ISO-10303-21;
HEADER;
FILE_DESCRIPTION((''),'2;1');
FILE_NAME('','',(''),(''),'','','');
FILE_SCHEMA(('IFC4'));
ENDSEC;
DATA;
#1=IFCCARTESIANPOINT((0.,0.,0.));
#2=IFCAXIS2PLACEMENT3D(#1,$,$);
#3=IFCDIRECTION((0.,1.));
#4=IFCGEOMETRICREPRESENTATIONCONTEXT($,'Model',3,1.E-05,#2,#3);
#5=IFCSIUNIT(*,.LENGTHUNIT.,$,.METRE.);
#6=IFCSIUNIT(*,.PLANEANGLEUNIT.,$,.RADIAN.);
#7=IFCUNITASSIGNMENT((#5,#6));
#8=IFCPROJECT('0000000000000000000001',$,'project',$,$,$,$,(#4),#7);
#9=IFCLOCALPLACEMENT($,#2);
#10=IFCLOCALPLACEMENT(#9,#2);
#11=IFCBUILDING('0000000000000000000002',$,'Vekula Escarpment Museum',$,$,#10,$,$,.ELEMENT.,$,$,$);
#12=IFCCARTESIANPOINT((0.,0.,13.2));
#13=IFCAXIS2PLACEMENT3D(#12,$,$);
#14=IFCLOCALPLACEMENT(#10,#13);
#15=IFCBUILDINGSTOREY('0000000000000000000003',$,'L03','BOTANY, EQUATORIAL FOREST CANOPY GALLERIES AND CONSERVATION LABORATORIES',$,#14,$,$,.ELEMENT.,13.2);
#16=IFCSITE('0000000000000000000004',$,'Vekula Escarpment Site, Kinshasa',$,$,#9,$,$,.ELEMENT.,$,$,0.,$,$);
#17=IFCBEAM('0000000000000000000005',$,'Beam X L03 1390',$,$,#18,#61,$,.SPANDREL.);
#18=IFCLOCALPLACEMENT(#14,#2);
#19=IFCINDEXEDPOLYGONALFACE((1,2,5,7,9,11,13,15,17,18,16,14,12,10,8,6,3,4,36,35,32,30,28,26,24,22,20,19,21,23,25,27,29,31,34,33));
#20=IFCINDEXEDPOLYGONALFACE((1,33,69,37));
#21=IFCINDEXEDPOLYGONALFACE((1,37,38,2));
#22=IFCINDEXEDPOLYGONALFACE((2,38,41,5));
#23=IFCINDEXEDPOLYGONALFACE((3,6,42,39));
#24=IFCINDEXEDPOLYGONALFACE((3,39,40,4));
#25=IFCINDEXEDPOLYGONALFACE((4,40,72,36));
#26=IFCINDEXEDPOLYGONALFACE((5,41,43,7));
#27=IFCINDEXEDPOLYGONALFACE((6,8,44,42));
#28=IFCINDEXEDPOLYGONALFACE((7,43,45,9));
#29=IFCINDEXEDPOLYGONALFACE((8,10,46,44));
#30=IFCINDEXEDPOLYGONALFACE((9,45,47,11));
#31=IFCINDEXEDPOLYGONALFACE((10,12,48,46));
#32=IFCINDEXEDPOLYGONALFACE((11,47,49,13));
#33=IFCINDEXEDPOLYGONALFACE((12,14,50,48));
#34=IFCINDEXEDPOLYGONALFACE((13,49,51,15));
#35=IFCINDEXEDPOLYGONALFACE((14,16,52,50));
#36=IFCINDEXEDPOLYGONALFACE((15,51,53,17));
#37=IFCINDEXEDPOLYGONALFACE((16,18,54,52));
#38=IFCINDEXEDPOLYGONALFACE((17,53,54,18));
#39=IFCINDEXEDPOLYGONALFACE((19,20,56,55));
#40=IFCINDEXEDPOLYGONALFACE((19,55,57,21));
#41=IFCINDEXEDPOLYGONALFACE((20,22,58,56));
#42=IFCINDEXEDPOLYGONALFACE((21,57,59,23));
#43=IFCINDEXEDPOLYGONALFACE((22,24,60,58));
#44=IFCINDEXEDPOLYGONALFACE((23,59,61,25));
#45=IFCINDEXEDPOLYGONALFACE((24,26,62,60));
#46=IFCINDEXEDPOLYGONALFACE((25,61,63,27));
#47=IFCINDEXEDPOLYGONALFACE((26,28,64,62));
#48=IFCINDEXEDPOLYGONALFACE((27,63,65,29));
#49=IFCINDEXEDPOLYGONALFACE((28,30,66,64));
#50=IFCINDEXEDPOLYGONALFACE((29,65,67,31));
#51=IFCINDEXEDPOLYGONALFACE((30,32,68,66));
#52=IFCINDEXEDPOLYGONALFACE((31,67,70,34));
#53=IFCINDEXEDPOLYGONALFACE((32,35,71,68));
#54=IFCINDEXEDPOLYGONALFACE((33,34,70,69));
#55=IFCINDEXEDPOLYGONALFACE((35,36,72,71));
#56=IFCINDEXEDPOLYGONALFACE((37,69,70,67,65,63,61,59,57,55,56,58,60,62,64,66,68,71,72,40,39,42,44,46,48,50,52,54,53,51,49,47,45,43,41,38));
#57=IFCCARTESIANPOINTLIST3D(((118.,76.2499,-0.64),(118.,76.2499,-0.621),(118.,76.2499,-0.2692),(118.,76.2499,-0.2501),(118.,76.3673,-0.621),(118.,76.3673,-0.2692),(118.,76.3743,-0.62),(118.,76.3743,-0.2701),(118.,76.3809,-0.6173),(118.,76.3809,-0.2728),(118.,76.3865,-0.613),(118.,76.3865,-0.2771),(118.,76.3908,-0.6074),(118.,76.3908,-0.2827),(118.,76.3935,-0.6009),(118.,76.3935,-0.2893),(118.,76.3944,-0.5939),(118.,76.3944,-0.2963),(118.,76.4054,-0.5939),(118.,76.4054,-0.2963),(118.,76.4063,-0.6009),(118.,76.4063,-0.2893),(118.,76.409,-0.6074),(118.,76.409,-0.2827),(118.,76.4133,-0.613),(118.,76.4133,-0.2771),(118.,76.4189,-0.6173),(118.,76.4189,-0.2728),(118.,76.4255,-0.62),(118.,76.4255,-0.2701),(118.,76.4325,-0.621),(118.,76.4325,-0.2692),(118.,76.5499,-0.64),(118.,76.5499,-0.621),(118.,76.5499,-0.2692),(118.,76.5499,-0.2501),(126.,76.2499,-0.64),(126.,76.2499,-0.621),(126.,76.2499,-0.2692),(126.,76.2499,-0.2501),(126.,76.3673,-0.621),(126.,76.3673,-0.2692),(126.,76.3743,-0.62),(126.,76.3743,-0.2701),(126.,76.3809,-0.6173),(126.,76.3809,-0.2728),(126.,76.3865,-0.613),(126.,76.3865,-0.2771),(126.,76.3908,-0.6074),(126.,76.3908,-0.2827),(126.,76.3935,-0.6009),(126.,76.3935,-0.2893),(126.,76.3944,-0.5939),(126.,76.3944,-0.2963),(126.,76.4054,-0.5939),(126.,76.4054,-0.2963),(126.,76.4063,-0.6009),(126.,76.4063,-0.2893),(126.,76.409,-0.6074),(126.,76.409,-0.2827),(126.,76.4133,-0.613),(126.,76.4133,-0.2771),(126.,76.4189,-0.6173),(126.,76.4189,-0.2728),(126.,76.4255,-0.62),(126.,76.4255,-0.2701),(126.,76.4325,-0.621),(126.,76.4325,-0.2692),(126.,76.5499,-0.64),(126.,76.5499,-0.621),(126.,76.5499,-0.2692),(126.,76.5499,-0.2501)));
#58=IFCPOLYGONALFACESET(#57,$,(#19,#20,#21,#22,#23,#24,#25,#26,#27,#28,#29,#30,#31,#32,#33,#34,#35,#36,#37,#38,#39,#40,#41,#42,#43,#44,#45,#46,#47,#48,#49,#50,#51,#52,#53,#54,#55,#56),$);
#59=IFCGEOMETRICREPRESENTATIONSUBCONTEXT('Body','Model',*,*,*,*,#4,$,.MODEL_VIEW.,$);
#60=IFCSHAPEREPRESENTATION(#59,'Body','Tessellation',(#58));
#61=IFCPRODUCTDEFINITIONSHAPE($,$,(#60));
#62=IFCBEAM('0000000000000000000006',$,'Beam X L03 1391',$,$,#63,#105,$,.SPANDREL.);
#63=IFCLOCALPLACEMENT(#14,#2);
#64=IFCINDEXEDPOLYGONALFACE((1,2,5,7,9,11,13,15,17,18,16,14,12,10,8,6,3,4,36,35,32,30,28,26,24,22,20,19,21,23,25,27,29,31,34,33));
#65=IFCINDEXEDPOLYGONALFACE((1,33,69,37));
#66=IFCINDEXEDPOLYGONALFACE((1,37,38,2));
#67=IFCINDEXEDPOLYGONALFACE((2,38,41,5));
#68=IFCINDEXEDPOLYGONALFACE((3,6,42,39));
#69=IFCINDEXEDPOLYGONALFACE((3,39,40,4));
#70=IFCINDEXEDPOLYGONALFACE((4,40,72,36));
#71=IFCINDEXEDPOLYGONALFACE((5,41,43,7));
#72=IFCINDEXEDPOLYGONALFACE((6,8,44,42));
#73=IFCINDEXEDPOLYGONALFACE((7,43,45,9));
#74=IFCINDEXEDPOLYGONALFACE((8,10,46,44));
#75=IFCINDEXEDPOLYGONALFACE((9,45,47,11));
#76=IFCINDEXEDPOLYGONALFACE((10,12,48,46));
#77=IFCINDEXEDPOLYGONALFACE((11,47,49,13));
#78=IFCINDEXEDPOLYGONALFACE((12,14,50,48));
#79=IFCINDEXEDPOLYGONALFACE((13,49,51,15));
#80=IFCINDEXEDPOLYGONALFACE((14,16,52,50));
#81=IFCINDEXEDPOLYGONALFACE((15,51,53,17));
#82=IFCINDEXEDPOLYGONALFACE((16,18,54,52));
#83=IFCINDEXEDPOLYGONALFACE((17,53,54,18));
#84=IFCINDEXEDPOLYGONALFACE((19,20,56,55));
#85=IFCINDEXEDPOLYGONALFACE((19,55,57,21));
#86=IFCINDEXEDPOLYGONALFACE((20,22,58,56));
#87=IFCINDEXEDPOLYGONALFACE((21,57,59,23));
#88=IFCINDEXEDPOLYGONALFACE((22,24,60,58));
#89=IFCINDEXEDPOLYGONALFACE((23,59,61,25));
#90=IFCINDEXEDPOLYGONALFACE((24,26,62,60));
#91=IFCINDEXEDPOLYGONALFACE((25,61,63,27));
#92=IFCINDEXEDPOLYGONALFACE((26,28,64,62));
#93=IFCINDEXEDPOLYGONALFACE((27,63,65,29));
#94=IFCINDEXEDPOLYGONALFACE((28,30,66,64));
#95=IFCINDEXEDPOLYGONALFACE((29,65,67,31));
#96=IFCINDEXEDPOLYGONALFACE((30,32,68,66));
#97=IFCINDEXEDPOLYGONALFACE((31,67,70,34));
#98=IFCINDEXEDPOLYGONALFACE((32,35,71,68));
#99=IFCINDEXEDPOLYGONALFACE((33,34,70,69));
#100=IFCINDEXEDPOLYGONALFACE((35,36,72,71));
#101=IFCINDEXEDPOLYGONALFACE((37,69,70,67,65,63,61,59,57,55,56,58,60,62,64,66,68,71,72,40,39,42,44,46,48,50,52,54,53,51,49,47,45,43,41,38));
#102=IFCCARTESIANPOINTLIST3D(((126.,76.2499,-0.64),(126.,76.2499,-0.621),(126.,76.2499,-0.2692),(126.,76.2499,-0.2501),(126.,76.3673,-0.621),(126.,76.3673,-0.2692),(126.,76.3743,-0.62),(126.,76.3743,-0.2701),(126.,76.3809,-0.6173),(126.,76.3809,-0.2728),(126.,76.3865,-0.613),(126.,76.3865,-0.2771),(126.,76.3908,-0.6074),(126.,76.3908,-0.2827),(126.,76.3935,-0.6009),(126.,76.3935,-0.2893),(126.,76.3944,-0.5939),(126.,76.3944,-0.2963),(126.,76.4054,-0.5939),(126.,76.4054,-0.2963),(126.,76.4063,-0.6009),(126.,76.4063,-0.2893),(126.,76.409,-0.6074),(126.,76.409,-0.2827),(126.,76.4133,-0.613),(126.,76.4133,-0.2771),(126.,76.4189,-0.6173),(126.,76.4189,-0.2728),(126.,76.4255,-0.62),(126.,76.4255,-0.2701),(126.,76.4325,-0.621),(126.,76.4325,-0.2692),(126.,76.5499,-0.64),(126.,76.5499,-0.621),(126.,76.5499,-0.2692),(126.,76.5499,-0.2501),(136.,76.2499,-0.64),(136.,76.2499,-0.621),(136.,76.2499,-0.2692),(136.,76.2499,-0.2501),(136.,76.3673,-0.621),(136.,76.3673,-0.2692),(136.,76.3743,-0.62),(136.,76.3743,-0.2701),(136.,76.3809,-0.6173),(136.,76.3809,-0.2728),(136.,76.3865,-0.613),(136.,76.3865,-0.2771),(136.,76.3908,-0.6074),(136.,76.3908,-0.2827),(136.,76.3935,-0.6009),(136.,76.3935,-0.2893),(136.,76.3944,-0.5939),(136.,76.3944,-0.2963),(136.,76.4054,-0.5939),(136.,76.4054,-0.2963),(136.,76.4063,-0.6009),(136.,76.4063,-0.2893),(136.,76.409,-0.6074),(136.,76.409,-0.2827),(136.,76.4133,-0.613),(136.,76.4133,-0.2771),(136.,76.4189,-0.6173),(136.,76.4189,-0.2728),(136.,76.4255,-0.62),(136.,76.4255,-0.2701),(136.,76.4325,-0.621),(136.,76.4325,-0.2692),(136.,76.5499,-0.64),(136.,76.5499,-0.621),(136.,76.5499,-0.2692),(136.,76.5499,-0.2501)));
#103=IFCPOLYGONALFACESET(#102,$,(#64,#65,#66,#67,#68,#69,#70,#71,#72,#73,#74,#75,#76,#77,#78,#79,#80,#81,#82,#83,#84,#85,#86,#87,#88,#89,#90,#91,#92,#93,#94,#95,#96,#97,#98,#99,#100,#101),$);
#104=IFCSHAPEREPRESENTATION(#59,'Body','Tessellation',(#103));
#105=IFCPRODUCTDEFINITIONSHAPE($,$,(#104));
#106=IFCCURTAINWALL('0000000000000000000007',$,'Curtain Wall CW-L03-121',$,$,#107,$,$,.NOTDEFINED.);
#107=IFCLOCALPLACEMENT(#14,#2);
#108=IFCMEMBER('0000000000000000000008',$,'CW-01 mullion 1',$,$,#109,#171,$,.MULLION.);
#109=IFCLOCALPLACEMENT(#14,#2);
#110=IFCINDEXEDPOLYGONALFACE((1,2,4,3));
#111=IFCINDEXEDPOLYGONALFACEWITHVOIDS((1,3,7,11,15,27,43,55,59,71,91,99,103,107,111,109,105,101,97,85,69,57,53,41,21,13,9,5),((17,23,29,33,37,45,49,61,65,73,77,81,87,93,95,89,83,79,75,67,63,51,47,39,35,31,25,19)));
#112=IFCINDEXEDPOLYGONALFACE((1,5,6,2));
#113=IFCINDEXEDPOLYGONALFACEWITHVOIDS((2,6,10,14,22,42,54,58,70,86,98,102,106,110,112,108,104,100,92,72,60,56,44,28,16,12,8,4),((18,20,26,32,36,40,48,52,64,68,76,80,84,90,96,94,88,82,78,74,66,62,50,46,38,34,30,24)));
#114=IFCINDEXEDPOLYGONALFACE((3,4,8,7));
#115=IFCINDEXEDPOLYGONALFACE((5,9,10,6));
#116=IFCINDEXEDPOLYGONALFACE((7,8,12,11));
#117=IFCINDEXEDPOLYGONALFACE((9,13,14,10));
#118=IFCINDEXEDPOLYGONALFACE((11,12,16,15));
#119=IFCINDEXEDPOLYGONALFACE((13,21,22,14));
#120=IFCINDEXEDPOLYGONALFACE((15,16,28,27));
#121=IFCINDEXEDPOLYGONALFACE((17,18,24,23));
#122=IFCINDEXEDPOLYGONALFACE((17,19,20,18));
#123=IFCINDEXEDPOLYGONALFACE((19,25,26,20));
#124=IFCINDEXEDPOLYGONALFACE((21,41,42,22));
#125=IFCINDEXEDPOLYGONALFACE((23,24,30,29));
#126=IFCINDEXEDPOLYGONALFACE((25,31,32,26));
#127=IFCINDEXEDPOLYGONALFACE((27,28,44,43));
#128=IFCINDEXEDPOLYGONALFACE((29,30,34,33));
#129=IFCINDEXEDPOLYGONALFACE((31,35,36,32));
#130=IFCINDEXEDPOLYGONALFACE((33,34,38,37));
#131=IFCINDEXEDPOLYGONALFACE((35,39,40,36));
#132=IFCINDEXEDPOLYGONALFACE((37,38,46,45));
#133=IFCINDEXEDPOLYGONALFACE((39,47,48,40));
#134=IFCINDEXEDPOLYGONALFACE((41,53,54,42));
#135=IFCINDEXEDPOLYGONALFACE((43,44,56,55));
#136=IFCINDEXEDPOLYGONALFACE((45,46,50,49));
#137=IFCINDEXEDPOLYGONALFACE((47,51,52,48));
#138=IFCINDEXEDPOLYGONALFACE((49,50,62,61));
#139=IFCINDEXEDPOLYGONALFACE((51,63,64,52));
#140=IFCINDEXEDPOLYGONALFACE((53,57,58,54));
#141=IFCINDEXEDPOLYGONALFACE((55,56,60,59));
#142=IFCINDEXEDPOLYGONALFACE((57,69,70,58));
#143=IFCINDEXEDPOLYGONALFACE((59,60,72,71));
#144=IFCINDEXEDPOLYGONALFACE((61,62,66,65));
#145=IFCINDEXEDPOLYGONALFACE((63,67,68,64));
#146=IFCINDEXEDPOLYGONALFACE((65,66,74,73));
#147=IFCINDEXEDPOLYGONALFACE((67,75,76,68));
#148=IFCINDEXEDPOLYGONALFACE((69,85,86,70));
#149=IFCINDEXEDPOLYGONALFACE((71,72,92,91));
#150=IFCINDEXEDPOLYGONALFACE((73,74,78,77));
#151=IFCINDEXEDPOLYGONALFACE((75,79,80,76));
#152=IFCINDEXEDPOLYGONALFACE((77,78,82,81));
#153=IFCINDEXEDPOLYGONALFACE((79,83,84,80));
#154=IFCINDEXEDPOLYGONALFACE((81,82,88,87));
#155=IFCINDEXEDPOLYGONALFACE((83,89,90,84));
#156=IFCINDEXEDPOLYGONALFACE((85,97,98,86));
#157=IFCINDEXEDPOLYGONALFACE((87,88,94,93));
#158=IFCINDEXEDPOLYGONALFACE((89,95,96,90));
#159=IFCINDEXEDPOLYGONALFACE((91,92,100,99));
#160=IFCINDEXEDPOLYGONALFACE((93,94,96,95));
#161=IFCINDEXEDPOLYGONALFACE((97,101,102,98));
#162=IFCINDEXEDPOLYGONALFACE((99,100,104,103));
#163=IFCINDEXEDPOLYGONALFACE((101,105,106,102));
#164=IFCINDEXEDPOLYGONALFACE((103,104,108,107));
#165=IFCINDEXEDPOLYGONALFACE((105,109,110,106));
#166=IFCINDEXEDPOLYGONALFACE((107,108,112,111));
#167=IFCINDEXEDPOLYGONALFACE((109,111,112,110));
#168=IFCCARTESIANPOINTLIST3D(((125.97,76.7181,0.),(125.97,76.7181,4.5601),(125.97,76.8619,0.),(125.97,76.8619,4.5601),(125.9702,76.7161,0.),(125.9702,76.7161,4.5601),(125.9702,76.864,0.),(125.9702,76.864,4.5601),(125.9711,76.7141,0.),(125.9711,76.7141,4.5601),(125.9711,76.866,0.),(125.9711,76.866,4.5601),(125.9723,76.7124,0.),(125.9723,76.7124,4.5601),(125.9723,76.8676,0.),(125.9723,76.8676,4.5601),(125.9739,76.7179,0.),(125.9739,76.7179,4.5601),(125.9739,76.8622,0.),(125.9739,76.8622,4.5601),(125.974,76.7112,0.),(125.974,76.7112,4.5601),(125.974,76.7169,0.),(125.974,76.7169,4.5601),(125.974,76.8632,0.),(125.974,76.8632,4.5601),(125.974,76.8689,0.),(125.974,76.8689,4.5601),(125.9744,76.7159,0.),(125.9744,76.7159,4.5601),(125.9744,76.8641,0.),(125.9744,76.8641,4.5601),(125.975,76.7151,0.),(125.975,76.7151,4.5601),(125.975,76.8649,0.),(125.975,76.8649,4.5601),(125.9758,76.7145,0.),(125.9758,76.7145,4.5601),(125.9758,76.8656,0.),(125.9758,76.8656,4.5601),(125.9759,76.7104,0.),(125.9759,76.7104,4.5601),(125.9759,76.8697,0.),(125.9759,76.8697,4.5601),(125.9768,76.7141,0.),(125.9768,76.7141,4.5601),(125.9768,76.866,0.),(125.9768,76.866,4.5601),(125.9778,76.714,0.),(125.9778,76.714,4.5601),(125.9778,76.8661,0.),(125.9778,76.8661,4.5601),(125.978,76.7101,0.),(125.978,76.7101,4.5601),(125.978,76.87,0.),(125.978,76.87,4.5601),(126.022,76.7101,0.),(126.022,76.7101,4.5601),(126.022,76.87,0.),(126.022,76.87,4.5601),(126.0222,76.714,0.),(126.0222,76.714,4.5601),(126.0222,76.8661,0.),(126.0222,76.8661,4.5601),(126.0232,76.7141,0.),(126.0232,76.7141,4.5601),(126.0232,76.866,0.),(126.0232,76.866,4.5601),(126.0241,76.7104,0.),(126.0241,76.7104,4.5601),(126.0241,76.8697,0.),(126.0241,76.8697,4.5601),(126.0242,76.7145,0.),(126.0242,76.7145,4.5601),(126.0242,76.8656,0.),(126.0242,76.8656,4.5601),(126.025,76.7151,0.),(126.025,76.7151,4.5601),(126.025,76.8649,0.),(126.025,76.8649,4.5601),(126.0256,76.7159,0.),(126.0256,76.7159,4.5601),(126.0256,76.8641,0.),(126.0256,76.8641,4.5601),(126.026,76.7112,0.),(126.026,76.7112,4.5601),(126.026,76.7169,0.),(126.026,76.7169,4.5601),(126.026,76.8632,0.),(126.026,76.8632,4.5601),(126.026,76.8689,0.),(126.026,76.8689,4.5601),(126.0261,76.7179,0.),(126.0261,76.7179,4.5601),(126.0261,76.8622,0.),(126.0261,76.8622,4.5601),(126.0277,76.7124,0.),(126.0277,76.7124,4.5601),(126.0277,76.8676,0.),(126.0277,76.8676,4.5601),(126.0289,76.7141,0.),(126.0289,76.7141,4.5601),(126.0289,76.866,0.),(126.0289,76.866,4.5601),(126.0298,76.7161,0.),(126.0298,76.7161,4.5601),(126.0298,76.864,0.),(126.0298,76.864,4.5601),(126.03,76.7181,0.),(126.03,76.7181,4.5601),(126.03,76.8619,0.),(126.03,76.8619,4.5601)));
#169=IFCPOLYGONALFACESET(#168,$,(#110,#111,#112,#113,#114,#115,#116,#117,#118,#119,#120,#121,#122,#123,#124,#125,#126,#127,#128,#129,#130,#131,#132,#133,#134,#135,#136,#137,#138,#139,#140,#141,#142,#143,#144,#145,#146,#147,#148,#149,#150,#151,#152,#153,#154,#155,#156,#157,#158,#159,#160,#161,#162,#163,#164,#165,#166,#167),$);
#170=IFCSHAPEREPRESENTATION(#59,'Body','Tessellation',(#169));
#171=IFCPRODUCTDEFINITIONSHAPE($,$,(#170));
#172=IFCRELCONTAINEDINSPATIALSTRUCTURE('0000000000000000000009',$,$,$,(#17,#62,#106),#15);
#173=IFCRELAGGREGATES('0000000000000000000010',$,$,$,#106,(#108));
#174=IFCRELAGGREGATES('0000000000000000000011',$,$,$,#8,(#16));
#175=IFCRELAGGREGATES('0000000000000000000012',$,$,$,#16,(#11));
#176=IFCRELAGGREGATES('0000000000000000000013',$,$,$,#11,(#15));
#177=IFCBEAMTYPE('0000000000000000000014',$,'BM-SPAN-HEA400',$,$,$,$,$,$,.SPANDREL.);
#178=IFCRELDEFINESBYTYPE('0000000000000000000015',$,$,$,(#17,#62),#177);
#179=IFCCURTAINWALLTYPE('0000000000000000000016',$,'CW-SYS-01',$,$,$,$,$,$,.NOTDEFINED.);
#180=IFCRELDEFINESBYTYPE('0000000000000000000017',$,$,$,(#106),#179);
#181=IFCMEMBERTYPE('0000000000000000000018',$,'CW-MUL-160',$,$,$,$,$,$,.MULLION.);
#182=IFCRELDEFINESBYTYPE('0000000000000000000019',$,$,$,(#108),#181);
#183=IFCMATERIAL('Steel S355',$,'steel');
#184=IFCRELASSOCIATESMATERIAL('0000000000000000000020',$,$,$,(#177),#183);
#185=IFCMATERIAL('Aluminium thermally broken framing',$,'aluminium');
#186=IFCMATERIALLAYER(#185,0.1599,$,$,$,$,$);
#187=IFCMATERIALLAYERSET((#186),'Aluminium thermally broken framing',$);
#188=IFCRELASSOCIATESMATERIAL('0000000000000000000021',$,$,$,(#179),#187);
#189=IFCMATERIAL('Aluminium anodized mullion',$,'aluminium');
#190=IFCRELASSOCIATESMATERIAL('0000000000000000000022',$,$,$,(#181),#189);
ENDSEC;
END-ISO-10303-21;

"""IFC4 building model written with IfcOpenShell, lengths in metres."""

from ifc_helpers import new_model, si_unit, direction, frame, origin, origin_2d, place, context, subcontext, project, spatial, hollow_rectangle, i_section, extrude, material, layer, layer_set, material_profile, profile_set, type_object, element, aggregate, save


model = new_model("IFC4")

# Units and contexts
model_context = context("Model", 3, precision=1e-05, world=origin(), true_north=direction((0.0, 1.0)))
body_context = subcontext(model_context, "Body", "Model", "MODEL_VIEW")
ifc_project = project(units=[si_unit("LENGTHUNIT", "METRE"), si_unit("PLANEANGLEUNIT", "RADIAN")], contexts=[model_context])

# Site, building, storey
site_placement = place(None, origin())
site = spatial("IfcSite", under=ifc_project, at=site_placement, Name="Vekula Escarpment Site, Kinshasa", CompositionType="ELEMENT", RefElevation=0.0)
building_placement = place(site_placement, origin())
building = spatial("IfcBuilding", under=site, at=building_placement, Name="Vekula Escarpment Museum", CompositionType="ELEMENT")
storey_placement = place(building_placement, frame((0.0, 0.0, 13.2)))
storey = spatial("IfcBuildingStorey", under=building, at=storey_placement, Name="L03", Description="BOTANY, EQUATORIAL FOREST CANOPY GALLERIES AND CONSERVATION LABORATORIES", CompositionType="ELEMENT", Elevation=13.2)

# Beams
ifc_material_1 = material(Name="Steel S355", Category="steel")
ifc_material_profile_1 = material_profile(ifc_material_1, i_section(OverallWidth=0.3, OverallDepth=0.3899, WebThickness=0.011, FlangeThickness=0.019, FilletRadius=0.0271, at=origin_2d()), Name="HEA 400")
ifc_profile_set_1 = profile_set([ifc_material_profile_1], Name="Steel S355")
beam_type_1 = type_object("IfcBeamType", Name="BM-SPAN-HEA400", PredefinedType="SPANDREL", material=ifc_profile_set_1)
for number, where, z_axis, x_axis, name in (
    (1, (118.0, 76.3999, -0.4451), (1.0, 0.0, 0.0), (0.0, 1.0, 0.0), "Beam X L03 1390"),
):
    element("IfcBeam", number, at=place(storey_placement, frame(where, z_axis=z_axis, x_axis=x_axis)), inside=storey, type_object=beam_type_1, Name=name, PredefinedType="SPANDREL", context=body_context, shape_type="SweptSolid", body=[
        extrude(i_section(OverallWidth=0.3, OverallDepth=0.3899, WebThickness=0.011, FlangeThickness=0.019, FilletRadius=0.0271, at=origin_2d()), origin(), (0.0, 0.0, 1.0), 8.0),
    ])
beam_1_placement = place(storey_placement, frame((126.0, 76.3999, -0.4451), z_axis=(1.0, 0.0, 0.0), x_axis=(0.0, 1.0, 0.0)))
element("IfcBeam", 2, at=beam_1_placement, inside=storey, type_object=beam_type_1, Name="Beam X L03 1391", PredefinedType="SPANDREL", context=body_context, shape_type="SweptSolid", body=[
    extrude(i_section(OverallWidth=0.3, OverallDepth=0.3899, WebThickness=0.011, FlangeThickness=0.019, FilletRadius=0.0271, at=origin_2d()), origin(), (0.0, 0.0, 1.0), 10.0),
])

# Curtain wall, member
ifc_material_2 = material(Name="Aluminium thermally broken framing", Category="aluminium")
ifc_layer_1 = layer(ifc_material_2, 0.1599)
ifc_layer_set_1 = layer_set([ifc_layer_1], Name="Aluminium thermally broken framing")
curtain_wall_type = type_object("IfcCurtainWallType", Name="CW-SYS-01", PredefinedType="NOTDEFINED", material=ifc_layer_set_1)
curtain_wall_placement = place(storey_placement, origin())
curtain_wall = element("IfcCurtainWall", 3, at=curtain_wall_placement, inside=storey, type_object=curtain_wall_type, Name="Curtain Wall CW-L03-121", PredefinedType="NOTDEFINED")
ifc_material_3 = material(Name="Aluminium anodized mullion", Category="aluminium")
ifc_material_profile_2 = material_profile(ifc_material_3, hollow_rectangle(XDim=0.0601, YDim=0.1599, WallThickness=0.0039, InnerFilletRadius=0.0039, OuterFilletRadius=0.0081, at=origin_2d()), Name="ALU 160x60x4")
ifc_profile_set_2 = profile_set([ifc_material_profile_2], Name="Aluminium anodized mullion")
member_type_1 = type_object("IfcMemberType", Name="CW-MUL-160", PredefinedType="MULLION", material=ifc_profile_set_2)
member_1_placement = place(storey_placement, frame((126.0, 76.79, 0.0), z_axis=(0.0, 0.0, 1.0), x_axis=(-1.0, 0.0, 0.0)))
member_1 = element("IfcMember", 4, at=member_1_placement, type_object=member_type_1, Name="CW-01 mullion 1", PredefinedType="MULLION", context=body_context, shape_type="SweptSolid", body=[
    extrude(hollow_rectangle(XDim=0.0601, YDim=0.1599, WallThickness=0.0039, InnerFilletRadius=0.0039, OuterFilletRadius=0.0081, at=origin_2d()), origin(), (0.0, 0.0, 1.0), 4.5601),
])
aggregate(curtain_wall, [member_1])

save(model, "model.ifc")
